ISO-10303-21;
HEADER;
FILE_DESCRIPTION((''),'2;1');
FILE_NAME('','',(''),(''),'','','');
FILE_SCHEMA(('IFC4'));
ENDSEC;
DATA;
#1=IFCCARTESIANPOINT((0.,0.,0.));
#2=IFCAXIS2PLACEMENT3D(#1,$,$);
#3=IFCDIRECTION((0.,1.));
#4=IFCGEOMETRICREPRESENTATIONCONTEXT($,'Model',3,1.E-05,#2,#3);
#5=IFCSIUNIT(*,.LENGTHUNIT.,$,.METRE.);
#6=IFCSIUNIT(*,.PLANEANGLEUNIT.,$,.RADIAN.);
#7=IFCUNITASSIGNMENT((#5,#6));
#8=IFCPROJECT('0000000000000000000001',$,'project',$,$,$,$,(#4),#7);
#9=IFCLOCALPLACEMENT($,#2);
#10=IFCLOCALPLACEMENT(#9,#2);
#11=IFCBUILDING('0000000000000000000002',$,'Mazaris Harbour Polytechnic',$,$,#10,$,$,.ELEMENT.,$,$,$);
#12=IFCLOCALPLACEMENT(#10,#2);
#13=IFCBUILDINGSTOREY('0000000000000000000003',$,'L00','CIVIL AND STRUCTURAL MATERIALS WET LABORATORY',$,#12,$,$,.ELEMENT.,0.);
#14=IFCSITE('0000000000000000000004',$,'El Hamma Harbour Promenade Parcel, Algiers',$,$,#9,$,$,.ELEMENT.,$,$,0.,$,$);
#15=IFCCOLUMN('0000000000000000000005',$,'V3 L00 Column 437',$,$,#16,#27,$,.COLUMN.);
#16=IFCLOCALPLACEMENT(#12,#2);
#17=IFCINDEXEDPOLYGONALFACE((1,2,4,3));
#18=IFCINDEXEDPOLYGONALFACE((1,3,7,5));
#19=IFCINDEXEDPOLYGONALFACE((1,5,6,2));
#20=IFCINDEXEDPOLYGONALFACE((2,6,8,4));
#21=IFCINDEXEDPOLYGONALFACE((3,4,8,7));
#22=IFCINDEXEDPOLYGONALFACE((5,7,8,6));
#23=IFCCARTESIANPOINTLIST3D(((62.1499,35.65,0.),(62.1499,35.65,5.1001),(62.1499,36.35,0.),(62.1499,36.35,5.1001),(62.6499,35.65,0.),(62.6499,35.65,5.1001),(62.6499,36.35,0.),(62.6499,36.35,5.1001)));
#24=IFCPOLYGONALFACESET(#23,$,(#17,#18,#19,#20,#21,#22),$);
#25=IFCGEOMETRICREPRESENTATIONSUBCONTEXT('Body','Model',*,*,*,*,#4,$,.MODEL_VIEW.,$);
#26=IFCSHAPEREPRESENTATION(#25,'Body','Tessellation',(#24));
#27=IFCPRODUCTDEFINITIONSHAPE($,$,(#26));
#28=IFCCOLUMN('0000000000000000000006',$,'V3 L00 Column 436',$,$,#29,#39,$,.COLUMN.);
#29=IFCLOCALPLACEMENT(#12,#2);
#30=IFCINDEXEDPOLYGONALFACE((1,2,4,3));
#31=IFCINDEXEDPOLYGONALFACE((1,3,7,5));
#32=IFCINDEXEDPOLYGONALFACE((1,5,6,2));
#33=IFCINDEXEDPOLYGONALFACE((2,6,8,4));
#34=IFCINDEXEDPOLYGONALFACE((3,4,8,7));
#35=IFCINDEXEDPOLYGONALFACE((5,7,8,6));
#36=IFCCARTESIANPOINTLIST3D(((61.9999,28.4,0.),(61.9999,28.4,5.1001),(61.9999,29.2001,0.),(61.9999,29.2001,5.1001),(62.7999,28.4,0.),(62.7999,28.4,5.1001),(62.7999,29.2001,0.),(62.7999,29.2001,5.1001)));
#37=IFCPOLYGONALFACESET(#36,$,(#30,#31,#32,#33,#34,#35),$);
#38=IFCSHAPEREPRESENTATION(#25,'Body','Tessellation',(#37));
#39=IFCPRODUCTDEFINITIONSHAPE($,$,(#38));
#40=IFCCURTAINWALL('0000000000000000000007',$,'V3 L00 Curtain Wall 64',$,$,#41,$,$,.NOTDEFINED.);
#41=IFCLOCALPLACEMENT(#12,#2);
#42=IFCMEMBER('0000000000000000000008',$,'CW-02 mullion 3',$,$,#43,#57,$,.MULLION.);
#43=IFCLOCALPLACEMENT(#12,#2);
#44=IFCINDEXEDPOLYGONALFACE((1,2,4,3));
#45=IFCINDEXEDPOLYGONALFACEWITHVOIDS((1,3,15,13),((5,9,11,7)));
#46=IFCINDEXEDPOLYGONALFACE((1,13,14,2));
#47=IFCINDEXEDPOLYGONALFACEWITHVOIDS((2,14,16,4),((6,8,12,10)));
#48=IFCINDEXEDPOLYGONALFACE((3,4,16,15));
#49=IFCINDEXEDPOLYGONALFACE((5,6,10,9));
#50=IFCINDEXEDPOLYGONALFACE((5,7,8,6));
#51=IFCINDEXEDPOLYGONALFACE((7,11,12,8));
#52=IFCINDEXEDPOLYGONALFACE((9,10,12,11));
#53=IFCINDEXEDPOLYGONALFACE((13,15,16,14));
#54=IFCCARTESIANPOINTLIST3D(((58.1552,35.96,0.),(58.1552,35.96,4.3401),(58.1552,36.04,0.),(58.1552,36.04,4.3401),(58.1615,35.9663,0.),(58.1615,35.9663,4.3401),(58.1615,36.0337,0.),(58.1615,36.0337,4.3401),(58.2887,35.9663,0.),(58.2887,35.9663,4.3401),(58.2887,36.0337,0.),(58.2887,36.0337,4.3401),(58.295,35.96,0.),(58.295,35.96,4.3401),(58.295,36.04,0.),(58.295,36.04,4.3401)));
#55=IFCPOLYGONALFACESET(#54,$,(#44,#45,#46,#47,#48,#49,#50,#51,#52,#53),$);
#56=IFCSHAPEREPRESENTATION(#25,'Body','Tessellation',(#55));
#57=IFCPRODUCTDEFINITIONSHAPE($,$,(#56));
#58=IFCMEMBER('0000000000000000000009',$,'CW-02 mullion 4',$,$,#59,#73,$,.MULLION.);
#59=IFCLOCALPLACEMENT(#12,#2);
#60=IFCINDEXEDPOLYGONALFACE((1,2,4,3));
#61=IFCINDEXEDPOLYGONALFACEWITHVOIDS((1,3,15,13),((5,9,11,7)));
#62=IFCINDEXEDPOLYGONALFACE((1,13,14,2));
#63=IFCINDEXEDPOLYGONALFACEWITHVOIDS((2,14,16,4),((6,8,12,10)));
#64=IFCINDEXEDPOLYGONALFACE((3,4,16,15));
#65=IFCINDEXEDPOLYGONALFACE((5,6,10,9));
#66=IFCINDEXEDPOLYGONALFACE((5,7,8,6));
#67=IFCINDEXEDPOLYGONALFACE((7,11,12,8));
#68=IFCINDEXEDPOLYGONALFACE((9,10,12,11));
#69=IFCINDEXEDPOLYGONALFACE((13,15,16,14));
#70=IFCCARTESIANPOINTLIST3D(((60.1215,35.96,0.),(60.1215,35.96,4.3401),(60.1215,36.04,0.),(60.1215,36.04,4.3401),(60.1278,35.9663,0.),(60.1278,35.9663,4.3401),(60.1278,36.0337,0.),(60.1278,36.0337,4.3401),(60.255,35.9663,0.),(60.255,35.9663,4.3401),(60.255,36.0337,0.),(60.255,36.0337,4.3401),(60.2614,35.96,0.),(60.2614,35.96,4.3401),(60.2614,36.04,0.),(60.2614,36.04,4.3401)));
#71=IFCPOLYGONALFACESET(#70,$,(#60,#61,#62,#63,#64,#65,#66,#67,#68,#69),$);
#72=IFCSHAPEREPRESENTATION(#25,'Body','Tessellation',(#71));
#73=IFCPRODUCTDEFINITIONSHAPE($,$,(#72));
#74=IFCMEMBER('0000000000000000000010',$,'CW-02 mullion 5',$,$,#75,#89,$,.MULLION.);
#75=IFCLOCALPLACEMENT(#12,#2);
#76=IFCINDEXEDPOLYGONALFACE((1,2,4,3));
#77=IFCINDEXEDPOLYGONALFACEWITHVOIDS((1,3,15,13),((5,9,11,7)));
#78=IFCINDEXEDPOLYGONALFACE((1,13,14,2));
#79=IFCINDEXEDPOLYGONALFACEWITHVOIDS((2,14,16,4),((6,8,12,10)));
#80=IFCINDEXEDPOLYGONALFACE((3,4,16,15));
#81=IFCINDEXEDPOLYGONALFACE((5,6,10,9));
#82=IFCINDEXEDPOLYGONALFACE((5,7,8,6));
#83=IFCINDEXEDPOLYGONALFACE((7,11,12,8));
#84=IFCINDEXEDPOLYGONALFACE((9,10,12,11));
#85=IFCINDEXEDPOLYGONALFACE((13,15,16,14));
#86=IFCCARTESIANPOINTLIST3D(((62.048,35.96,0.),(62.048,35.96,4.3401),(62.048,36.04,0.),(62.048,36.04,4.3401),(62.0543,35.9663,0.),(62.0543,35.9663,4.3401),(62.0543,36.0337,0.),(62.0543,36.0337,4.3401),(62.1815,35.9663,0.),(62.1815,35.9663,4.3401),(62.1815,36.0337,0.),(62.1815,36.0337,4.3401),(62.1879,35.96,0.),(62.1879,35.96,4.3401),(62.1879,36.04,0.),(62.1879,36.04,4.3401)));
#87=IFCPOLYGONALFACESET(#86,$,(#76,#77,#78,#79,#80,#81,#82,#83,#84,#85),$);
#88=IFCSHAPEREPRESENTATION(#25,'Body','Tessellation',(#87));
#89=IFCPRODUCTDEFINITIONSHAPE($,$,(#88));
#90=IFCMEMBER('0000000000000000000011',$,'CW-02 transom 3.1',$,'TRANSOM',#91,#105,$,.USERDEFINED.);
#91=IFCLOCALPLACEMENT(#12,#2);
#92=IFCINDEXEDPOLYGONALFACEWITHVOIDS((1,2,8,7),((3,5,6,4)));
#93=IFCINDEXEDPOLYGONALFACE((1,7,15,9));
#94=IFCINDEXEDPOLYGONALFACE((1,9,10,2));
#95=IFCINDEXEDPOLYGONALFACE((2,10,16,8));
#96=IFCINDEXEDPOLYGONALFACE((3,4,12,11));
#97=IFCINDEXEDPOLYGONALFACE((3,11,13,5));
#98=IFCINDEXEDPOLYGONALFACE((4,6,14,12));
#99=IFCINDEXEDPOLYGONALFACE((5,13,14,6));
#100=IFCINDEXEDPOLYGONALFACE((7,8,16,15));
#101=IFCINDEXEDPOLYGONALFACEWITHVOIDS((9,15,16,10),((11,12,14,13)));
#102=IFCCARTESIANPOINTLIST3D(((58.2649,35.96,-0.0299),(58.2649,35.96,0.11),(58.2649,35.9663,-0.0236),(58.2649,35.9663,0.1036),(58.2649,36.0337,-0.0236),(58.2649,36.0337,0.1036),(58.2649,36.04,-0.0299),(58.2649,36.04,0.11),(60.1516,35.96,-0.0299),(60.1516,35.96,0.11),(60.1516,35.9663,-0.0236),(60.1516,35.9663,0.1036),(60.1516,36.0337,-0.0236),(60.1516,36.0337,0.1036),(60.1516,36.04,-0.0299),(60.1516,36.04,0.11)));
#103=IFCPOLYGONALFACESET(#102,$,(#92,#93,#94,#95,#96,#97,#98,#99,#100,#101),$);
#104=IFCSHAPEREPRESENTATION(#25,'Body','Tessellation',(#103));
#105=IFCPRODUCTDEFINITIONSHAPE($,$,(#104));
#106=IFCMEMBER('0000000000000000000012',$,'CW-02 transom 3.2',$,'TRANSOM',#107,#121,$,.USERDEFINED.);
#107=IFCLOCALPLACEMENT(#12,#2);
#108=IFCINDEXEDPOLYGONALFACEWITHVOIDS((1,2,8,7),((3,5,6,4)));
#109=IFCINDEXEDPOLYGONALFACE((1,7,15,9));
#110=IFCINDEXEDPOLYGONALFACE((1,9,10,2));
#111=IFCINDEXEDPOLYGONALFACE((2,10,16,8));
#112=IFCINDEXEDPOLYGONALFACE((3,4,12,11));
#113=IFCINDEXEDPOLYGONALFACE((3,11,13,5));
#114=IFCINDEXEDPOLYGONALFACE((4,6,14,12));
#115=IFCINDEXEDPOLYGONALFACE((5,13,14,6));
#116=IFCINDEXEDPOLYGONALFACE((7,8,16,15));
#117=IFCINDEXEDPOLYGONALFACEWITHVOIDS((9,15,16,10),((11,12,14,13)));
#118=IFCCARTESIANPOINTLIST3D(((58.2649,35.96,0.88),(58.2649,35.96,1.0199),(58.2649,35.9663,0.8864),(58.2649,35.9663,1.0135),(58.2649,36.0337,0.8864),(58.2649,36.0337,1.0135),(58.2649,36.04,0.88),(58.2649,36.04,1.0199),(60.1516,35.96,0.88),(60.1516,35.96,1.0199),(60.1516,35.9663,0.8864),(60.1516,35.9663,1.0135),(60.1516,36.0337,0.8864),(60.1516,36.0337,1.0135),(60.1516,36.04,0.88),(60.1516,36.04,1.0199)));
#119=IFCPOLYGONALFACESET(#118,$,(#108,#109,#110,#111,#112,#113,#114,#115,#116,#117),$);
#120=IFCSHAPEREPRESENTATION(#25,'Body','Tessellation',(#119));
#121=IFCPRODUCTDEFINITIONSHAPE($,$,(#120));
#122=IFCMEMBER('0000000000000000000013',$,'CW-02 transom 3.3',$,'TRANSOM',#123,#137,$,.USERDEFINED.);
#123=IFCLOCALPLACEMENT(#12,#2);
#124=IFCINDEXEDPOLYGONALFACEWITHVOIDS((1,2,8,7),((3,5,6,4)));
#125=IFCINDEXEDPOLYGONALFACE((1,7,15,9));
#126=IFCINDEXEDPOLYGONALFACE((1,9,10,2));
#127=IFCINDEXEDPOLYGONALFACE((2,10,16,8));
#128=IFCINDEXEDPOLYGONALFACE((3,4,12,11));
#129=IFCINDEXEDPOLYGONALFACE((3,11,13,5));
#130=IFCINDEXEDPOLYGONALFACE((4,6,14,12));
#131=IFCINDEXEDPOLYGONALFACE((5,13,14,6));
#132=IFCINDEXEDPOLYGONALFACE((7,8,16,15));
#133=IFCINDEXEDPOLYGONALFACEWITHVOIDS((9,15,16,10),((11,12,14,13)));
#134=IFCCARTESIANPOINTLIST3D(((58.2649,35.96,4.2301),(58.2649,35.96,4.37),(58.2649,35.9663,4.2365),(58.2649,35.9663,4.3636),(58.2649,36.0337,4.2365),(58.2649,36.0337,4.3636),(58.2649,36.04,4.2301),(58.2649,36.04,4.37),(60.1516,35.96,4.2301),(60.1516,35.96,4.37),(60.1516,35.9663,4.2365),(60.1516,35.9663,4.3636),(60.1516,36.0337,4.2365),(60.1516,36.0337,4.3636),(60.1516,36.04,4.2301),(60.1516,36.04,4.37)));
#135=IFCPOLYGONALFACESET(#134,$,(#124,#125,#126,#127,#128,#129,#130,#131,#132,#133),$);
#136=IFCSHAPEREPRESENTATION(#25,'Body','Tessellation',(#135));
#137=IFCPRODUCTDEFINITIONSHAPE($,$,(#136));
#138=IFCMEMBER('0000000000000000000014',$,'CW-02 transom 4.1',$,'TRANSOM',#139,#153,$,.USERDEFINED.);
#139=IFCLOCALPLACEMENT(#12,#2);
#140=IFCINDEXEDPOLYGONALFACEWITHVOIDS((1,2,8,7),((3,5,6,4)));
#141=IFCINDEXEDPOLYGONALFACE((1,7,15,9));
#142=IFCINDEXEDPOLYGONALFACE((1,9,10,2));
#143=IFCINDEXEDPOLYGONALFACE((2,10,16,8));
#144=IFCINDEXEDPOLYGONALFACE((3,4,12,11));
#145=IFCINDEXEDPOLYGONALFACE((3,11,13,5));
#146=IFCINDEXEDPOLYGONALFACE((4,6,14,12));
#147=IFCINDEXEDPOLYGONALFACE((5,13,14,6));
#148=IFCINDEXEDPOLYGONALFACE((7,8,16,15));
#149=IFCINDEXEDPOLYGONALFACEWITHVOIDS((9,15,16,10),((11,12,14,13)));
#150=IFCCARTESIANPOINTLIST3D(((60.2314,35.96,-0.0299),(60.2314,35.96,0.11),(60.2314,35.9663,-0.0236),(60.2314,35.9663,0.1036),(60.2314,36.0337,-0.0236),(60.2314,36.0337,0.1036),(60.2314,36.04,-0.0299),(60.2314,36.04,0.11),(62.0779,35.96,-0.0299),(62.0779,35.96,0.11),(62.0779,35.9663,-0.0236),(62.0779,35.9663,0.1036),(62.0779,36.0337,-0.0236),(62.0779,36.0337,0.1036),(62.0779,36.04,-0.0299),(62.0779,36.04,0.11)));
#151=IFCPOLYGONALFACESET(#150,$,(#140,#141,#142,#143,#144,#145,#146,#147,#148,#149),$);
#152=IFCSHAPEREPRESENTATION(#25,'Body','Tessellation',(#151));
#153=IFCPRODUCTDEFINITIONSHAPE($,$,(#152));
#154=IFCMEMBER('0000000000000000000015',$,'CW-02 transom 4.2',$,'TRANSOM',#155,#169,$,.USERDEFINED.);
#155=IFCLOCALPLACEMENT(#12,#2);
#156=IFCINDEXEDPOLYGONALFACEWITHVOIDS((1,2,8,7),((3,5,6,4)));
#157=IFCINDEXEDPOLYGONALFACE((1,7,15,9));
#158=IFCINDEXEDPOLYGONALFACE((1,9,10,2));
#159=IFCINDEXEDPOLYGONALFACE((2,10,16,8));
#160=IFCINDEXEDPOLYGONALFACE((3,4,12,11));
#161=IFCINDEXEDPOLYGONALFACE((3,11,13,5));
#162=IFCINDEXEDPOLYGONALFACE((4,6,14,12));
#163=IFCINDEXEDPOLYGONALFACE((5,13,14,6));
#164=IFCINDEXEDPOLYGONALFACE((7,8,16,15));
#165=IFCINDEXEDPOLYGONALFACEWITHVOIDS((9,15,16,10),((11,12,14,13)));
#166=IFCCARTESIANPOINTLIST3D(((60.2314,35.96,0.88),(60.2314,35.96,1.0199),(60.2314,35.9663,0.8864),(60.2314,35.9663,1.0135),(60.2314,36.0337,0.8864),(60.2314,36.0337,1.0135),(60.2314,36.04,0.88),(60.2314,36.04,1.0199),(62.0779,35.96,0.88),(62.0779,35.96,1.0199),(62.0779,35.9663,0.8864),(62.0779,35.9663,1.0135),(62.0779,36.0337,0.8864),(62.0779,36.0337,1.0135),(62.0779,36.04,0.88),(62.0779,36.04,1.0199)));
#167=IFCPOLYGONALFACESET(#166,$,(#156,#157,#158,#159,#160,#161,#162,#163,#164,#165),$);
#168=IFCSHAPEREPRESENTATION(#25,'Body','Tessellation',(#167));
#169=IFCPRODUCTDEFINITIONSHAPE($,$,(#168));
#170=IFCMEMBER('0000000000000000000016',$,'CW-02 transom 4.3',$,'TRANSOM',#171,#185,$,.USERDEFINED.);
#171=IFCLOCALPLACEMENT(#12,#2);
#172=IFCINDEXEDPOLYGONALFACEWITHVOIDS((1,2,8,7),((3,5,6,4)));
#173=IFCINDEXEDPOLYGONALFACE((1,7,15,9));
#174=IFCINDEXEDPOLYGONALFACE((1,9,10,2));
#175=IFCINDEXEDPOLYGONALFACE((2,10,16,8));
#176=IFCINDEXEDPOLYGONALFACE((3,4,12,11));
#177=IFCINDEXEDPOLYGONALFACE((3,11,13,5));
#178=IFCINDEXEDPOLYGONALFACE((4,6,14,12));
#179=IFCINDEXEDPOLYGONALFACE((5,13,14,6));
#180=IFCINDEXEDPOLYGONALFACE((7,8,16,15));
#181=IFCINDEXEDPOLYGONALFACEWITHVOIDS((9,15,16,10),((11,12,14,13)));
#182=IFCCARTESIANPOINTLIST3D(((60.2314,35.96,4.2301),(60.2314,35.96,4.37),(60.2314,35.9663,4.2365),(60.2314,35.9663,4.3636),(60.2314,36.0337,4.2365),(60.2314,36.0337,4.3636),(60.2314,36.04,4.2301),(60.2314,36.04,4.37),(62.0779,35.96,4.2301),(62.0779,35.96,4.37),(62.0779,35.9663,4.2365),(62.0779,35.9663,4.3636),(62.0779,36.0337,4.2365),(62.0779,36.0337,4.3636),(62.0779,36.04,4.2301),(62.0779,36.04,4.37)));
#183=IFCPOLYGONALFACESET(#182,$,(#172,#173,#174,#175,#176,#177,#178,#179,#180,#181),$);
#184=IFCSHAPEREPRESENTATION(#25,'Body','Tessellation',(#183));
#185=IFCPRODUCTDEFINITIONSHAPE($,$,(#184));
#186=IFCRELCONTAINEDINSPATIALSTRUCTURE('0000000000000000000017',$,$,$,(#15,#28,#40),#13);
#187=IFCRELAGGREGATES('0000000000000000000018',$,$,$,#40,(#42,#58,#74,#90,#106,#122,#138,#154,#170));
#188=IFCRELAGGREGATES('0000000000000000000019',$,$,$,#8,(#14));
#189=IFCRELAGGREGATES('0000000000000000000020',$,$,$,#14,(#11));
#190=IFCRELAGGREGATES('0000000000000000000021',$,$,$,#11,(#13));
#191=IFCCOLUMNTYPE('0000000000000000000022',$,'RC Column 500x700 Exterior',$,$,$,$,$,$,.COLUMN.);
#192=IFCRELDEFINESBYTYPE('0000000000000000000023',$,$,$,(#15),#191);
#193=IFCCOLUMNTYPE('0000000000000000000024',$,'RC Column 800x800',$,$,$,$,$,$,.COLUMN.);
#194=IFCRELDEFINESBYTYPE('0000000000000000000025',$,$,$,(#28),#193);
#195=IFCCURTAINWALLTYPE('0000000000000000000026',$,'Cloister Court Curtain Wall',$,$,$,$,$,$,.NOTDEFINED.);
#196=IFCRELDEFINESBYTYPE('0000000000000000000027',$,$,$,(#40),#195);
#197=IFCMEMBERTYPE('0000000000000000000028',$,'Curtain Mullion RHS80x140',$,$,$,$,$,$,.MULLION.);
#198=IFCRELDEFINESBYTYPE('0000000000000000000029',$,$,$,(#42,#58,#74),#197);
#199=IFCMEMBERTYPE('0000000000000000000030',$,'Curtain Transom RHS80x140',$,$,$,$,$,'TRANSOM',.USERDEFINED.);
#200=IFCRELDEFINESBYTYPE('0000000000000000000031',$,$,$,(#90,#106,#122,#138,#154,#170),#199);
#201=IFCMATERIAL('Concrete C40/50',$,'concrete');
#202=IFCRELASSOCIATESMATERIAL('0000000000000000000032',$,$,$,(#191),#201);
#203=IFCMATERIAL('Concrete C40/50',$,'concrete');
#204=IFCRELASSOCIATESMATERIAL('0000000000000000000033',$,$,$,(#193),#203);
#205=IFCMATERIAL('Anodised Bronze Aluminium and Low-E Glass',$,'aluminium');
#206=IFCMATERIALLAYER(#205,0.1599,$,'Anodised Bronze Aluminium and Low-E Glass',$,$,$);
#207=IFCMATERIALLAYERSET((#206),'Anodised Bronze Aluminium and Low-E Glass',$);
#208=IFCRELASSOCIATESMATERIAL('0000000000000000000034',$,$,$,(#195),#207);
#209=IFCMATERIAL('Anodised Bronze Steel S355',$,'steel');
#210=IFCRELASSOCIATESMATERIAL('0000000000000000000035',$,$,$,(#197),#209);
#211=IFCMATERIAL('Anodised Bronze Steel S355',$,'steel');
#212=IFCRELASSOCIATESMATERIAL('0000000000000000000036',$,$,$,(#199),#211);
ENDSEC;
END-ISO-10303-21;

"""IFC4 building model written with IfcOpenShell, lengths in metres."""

from ifc_helpers import new_model, si_unit, direction, frame, origin, origin_2d, place, context, subcontext, project, spatial, rectangle, hollow_rectangle, extrude, material, layer, layer_set, material_profile, profile_set, type_object, element, aggregate, save


model = new_model("IFC4")

# Units and contexts
model_context = context("Model", 3, precision=1e-05, world=origin(), true_north=direction((0.0, 1.0)))
body_context = subcontext(model_context, "Body", "Model", "MODEL_VIEW")
ifc_project = project(units=[si_unit("LENGTHUNIT", "METRE"), si_unit("PLANEANGLEUNIT", "RADIAN")], contexts=[model_context])

# Site, building, storey
site_placement = place(None, origin())
site = spatial("IfcSite", under=ifc_project, at=site_placement, Name="El Hamma Harbour Promenade Parcel, Algiers", CompositionType="ELEMENT", RefElevation=0.0)
building_placement = place(site_placement, origin())
building = spatial("IfcBuilding", under=site, at=building_placement, Name="Mazaris Harbour Polytechnic", CompositionType="ELEMENT")
storey_placement = place(building_placement, origin())
storey = spatial("IfcBuildingStorey", under=building, at=storey_placement, Name="L00", Description="CIVIL AND STRUCTURAL MATERIALS WET LABORATORY", CompositionType="ELEMENT", Elevation=0.0)

# Columns
ifc_material_1 = material(Name="Concrete C40/50", Category="concrete")
ifc_material_profile_1 = material_profile(ifc_material_1, rectangle(XDim=0.5, YDim=0.7, at=origin_2d()), Name="RECT500x700")
ifc_profile_set_1 = profile_set([ifc_material_profile_1], Name="Concrete C40/50")
column_type_1 = type_object("IfcColumnType", Name="RC Column 500x700 Exterior", PredefinedType="COLUMN", material=ifc_profile_set_1)
column_1_placement = place(storey_placement, frame((62.3999, 36.0, 0.0), z_axis=(0.0, 0.0, 1.0), x_axis=(1.0, 0.0, 0.0)))
element("IfcColumn", 1, at=column_1_placement, inside=storey, type_object=column_type_1, Name="V3 L00 Column 437", PredefinedType="COLUMN", context=body_context, shape_type="SweptSolid", body=[
    extrude(rectangle(XDim=0.5, YDim=0.7, at=origin_2d()), origin(), (0.0, 0.0, 1.0), 5.1001),
])
ifc_material_2 = material(Name="Concrete C40/50", Category="concrete")
ifc_material_profile_2 = material_profile(ifc_material_2, rectangle(XDim=0.8, YDim=0.8, at=origin_2d()), Name="RECT800x800")
ifc_profile_set_2 = profile_set([ifc_material_profile_2], Name="Concrete C40/50")
column_type_2 = type_object("IfcColumnType", Name="RC Column 800x800", PredefinedType="COLUMN", material=ifc_profile_set_2)
column_2_placement = place(storey_placement, frame((62.3999, 28.8, 0.0), z_axis=(0.0, 0.0, 1.0), x_axis=(1.0, 0.0, 0.0)))
element("IfcColumn", 2, at=column_2_placement, inside=storey, type_object=column_type_2, Name="V3 L00 Column 436", PredefinedType="COLUMN", context=body_context, shape_type="SweptSolid", body=[
    extrude(rectangle(XDim=0.8, YDim=0.8, at=origin_2d()), origin(), (0.0, 0.0, 1.0), 5.1001),
])

# Curtain wall, members
ifc_material_3 = material(Name="Anodised Bronze Aluminium and Low-E Glass", Category="aluminium")
ifc_layer_1 = layer(ifc_material_3, 0.1599, Name="Anodised Bronze Aluminium and Low-E Glass")
ifc_layer_set_1 = layer_set([ifc_layer_1], Name="Anodised Bronze Aluminium and Low-E Glass")
curtain_wall_type = type_object("IfcCurtainWallType", Name="Cloister Court Curtain Wall", PredefinedType="NOTDEFINED", material=ifc_layer_set_1)
curtain_wall_placement = place(storey_placement, origin())
curtain_wall = element("IfcCurtainWall", 3, at=curtain_wall_placement, inside=storey, type_object=curtain_wall_type, Name="V3 L00 Curtain Wall 64", PredefinedType="NOTDEFINED")
ifc_material_4 = material(Name="Anodised Bronze Steel S355", Category="steel")
ifc_material_profile_3 = material_profile(ifc_material_4, hollow_rectangle(XDim=0.0801, YDim=0.1399, WallThickness=0.0063, at=origin_2d()), Name="RHS 80x140x6.3")
ifc_profile_set_3 = profile_set([ifc_material_profile_3], Name="Anodised Bronze Steel S355")
member_type_1 = type_object("IfcMemberType", Name="Curtain Mullion RHS80x140", PredefinedType="MULLION", material=ifc_profile_set_3)
member_1_placement = place(storey_placement, frame((58.2251, 36.0, 0.0), z_axis=(0.0, 0.0, 1.0), x_axis=(0.0, 1.0, 0.0)))
member_1 = element("IfcMember", 4, at=member_1_placement, type_object=member_type_1, Name="CW-02 mullion 3", PredefinedType="MULLION", context=body_context, shape_type="SweptSolid", body=[
    extrude(hollow_rectangle(XDim=0.0801, YDim=0.1399, WallThickness=0.0063, at=origin_2d()), origin(), (0.0, 0.0, 1.0), 4.3401),
])
member_2_placement = place(storey_placement, frame((60.1914, 36.0, 0.0), z_axis=(0.0, 0.0, 1.0), x_axis=(0.0, 1.0, 0.0)))
member_2 = element("IfcMember", 5, at=member_2_placement, type_object=member_type_1, Name="CW-02 mullion 4", PredefinedType="MULLION", context=body_context, shape_type="SweptSolid", body=[
    extrude(hollow_rectangle(XDim=0.0801, YDim=0.1399, WallThickness=0.0063, at=origin_2d()), origin(), (0.0, 0.0, 1.0), 4.3401),
])
member_3_placement = place(storey_placement, frame((62.1179, 36.0, 0.0), z_axis=(0.0, 0.0, 1.0), x_axis=(0.0, 1.0, 0.0)))
member_3 = element("IfcMember", 6, at=member_3_placement, type_object=member_type_1, Name="CW-02 mullion 5", PredefinedType="MULLION", context=body_context, shape_type="SweptSolid", body=[
    extrude(hollow_rectangle(XDim=0.0801, YDim=0.1399, WallThickness=0.0063, at=origin_2d()), origin(), (0.0, 0.0, 1.0), 4.3401),
])
ifc_material_5 = material(Name="Anodised Bronze Steel S355", Category="steel")
ifc_material_profile_4 = material_profile(ifc_material_5, hollow_rectangle(XDim=0.0801, YDim=0.1399, WallThickness=0.0063, at=origin_2d()), Name="RHS 80x140x6.3")
ifc_profile_set_4 = profile_set([ifc_material_profile_4], Name="Anodised Bronze Steel S355")
member_type_2 = type_object("IfcMemberType", Name="Curtain Transom RHS80x140", ElementType="TRANSOM", PredefinedType="USERDEFINED", material=ifc_profile_set_4)
member_4_placement = place(storey_placement, frame((58.2649, 36.0, 0.04), z_axis=(1.0, 0.0, 0.0), x_axis=(0.0, 1.0, 0.0)))
member_4 = element("IfcMember", 7, at=member_4_placement, type_object=member_type_2, Name="CW-02 transom 3.1", ObjectType="TRANSOM", PredefinedType="USERDEFINED", context=body_context, shape_type="SweptSolid", body=[
    extrude(hollow_rectangle(XDim=0.0801, YDim=0.1399, WallThickness=0.0063, at=origin_2d()), origin(), (0.0, 0.0, 1.0), 1.8867),
])
member_5_placement = place(storey_placement, frame((58.2649, 36.0, 0.95), z_axis=(1.0, 0.0, 0.0), x_axis=(0.0, 1.0, 0.0)))
member_5 = element("IfcMember", 8, at=member_5_placement, type_object=member_type_2, Name="CW-02 transom 3.2", ObjectType="TRANSOM", PredefinedType="USERDEFINED", context=body_context, shape_type="SweptSolid", body=[
    extrude(hollow_rectangle(XDim=0.0801, YDim=0.1399, WallThickness=0.0063, at=origin_2d()), origin(), (0.0, 0.0, 1.0), 1.8867),
])
member_6_placement = place(storey_placement, frame((58.2649, 36.0, 4.3), z_axis=(1.0, 0.0, 0.0), x_axis=(0.0, 1.0, 0.0)))
member_6 = element("IfcMember", 9, at=member_6_placement, type_object=member_type_2, Name="CW-02 transom 3.3", ObjectType="TRANSOM", PredefinedType="USERDEFINED", context=body_context, shape_type="SweptSolid", body=[
    extrude(hollow_rectangle(XDim=0.0801, YDim=0.1399, WallThickness=0.0063, at=origin_2d()), origin(), (0.0, 0.0, 1.0), 1.8867),
])
member_7_placement = place(storey_placement, frame((60.2314, 36.0, 0.04), z_axis=(1.0, 0.0, 0.0), x_axis=(0.0, 1.0, 0.0)))
member_7 = element("IfcMember", 10, at=member_7_placement, type_object=member_type_2, Name="CW-02 transom 4.1", ObjectType="TRANSOM", PredefinedType="USERDEFINED", context=body_context, shape_type="SweptSolid", body=[
    extrude(hollow_rectangle(XDim=0.0801, YDim=0.1399, WallThickness=0.0063, at=origin_2d()), origin(), (0.0, 0.0, 1.0), 1.8464),
])
member_8_placement = place(storey_placement, frame((60.2314, 36.0, 0.95), z_axis=(1.0, 0.0, 0.0), x_axis=(0.0, 1.0, 0.0)))
member_8 = element("IfcMember", 11, at=member_8_placement, type_object=member_type_2, Name="CW-02 transom 4.2", ObjectType="TRANSOM", PredefinedType="USERDEFINED", context=body_context, shape_type="SweptSolid", body=[
    extrude(hollow_rectangle(XDim=0.0801, YDim=0.1399, WallThickness=0.0063, at=origin_2d()), origin(), (0.0, 0.0, 1.0), 1.8464),
])
member_9_placement = place(storey_placement, frame((60.2314, 36.0, 4.3), z_axis=(1.0, 0.0, 0.0), x_axis=(0.0, 1.0, 0.0)))
member_9 = element("IfcMember", 12, at=member_9_placement, type_object=member_type_2, Name="CW-02 transom 4.3", ObjectType="TRANSOM", PredefinedType="USERDEFINED", context=body_context, shape_type="SweptSolid", body=[
    extrude(hollow_rectangle(XDim=0.0801, YDim=0.1399, WallThickness=0.0063, at=origin_2d()), origin(), (0.0, 0.0, 1.0), 1.8464),
])

aggregate(curtain_wall, [member_1, member_2, member_3, member_4, member_5, member_6, member_7, member_8, member_9])

save(model, "model.ifc")
